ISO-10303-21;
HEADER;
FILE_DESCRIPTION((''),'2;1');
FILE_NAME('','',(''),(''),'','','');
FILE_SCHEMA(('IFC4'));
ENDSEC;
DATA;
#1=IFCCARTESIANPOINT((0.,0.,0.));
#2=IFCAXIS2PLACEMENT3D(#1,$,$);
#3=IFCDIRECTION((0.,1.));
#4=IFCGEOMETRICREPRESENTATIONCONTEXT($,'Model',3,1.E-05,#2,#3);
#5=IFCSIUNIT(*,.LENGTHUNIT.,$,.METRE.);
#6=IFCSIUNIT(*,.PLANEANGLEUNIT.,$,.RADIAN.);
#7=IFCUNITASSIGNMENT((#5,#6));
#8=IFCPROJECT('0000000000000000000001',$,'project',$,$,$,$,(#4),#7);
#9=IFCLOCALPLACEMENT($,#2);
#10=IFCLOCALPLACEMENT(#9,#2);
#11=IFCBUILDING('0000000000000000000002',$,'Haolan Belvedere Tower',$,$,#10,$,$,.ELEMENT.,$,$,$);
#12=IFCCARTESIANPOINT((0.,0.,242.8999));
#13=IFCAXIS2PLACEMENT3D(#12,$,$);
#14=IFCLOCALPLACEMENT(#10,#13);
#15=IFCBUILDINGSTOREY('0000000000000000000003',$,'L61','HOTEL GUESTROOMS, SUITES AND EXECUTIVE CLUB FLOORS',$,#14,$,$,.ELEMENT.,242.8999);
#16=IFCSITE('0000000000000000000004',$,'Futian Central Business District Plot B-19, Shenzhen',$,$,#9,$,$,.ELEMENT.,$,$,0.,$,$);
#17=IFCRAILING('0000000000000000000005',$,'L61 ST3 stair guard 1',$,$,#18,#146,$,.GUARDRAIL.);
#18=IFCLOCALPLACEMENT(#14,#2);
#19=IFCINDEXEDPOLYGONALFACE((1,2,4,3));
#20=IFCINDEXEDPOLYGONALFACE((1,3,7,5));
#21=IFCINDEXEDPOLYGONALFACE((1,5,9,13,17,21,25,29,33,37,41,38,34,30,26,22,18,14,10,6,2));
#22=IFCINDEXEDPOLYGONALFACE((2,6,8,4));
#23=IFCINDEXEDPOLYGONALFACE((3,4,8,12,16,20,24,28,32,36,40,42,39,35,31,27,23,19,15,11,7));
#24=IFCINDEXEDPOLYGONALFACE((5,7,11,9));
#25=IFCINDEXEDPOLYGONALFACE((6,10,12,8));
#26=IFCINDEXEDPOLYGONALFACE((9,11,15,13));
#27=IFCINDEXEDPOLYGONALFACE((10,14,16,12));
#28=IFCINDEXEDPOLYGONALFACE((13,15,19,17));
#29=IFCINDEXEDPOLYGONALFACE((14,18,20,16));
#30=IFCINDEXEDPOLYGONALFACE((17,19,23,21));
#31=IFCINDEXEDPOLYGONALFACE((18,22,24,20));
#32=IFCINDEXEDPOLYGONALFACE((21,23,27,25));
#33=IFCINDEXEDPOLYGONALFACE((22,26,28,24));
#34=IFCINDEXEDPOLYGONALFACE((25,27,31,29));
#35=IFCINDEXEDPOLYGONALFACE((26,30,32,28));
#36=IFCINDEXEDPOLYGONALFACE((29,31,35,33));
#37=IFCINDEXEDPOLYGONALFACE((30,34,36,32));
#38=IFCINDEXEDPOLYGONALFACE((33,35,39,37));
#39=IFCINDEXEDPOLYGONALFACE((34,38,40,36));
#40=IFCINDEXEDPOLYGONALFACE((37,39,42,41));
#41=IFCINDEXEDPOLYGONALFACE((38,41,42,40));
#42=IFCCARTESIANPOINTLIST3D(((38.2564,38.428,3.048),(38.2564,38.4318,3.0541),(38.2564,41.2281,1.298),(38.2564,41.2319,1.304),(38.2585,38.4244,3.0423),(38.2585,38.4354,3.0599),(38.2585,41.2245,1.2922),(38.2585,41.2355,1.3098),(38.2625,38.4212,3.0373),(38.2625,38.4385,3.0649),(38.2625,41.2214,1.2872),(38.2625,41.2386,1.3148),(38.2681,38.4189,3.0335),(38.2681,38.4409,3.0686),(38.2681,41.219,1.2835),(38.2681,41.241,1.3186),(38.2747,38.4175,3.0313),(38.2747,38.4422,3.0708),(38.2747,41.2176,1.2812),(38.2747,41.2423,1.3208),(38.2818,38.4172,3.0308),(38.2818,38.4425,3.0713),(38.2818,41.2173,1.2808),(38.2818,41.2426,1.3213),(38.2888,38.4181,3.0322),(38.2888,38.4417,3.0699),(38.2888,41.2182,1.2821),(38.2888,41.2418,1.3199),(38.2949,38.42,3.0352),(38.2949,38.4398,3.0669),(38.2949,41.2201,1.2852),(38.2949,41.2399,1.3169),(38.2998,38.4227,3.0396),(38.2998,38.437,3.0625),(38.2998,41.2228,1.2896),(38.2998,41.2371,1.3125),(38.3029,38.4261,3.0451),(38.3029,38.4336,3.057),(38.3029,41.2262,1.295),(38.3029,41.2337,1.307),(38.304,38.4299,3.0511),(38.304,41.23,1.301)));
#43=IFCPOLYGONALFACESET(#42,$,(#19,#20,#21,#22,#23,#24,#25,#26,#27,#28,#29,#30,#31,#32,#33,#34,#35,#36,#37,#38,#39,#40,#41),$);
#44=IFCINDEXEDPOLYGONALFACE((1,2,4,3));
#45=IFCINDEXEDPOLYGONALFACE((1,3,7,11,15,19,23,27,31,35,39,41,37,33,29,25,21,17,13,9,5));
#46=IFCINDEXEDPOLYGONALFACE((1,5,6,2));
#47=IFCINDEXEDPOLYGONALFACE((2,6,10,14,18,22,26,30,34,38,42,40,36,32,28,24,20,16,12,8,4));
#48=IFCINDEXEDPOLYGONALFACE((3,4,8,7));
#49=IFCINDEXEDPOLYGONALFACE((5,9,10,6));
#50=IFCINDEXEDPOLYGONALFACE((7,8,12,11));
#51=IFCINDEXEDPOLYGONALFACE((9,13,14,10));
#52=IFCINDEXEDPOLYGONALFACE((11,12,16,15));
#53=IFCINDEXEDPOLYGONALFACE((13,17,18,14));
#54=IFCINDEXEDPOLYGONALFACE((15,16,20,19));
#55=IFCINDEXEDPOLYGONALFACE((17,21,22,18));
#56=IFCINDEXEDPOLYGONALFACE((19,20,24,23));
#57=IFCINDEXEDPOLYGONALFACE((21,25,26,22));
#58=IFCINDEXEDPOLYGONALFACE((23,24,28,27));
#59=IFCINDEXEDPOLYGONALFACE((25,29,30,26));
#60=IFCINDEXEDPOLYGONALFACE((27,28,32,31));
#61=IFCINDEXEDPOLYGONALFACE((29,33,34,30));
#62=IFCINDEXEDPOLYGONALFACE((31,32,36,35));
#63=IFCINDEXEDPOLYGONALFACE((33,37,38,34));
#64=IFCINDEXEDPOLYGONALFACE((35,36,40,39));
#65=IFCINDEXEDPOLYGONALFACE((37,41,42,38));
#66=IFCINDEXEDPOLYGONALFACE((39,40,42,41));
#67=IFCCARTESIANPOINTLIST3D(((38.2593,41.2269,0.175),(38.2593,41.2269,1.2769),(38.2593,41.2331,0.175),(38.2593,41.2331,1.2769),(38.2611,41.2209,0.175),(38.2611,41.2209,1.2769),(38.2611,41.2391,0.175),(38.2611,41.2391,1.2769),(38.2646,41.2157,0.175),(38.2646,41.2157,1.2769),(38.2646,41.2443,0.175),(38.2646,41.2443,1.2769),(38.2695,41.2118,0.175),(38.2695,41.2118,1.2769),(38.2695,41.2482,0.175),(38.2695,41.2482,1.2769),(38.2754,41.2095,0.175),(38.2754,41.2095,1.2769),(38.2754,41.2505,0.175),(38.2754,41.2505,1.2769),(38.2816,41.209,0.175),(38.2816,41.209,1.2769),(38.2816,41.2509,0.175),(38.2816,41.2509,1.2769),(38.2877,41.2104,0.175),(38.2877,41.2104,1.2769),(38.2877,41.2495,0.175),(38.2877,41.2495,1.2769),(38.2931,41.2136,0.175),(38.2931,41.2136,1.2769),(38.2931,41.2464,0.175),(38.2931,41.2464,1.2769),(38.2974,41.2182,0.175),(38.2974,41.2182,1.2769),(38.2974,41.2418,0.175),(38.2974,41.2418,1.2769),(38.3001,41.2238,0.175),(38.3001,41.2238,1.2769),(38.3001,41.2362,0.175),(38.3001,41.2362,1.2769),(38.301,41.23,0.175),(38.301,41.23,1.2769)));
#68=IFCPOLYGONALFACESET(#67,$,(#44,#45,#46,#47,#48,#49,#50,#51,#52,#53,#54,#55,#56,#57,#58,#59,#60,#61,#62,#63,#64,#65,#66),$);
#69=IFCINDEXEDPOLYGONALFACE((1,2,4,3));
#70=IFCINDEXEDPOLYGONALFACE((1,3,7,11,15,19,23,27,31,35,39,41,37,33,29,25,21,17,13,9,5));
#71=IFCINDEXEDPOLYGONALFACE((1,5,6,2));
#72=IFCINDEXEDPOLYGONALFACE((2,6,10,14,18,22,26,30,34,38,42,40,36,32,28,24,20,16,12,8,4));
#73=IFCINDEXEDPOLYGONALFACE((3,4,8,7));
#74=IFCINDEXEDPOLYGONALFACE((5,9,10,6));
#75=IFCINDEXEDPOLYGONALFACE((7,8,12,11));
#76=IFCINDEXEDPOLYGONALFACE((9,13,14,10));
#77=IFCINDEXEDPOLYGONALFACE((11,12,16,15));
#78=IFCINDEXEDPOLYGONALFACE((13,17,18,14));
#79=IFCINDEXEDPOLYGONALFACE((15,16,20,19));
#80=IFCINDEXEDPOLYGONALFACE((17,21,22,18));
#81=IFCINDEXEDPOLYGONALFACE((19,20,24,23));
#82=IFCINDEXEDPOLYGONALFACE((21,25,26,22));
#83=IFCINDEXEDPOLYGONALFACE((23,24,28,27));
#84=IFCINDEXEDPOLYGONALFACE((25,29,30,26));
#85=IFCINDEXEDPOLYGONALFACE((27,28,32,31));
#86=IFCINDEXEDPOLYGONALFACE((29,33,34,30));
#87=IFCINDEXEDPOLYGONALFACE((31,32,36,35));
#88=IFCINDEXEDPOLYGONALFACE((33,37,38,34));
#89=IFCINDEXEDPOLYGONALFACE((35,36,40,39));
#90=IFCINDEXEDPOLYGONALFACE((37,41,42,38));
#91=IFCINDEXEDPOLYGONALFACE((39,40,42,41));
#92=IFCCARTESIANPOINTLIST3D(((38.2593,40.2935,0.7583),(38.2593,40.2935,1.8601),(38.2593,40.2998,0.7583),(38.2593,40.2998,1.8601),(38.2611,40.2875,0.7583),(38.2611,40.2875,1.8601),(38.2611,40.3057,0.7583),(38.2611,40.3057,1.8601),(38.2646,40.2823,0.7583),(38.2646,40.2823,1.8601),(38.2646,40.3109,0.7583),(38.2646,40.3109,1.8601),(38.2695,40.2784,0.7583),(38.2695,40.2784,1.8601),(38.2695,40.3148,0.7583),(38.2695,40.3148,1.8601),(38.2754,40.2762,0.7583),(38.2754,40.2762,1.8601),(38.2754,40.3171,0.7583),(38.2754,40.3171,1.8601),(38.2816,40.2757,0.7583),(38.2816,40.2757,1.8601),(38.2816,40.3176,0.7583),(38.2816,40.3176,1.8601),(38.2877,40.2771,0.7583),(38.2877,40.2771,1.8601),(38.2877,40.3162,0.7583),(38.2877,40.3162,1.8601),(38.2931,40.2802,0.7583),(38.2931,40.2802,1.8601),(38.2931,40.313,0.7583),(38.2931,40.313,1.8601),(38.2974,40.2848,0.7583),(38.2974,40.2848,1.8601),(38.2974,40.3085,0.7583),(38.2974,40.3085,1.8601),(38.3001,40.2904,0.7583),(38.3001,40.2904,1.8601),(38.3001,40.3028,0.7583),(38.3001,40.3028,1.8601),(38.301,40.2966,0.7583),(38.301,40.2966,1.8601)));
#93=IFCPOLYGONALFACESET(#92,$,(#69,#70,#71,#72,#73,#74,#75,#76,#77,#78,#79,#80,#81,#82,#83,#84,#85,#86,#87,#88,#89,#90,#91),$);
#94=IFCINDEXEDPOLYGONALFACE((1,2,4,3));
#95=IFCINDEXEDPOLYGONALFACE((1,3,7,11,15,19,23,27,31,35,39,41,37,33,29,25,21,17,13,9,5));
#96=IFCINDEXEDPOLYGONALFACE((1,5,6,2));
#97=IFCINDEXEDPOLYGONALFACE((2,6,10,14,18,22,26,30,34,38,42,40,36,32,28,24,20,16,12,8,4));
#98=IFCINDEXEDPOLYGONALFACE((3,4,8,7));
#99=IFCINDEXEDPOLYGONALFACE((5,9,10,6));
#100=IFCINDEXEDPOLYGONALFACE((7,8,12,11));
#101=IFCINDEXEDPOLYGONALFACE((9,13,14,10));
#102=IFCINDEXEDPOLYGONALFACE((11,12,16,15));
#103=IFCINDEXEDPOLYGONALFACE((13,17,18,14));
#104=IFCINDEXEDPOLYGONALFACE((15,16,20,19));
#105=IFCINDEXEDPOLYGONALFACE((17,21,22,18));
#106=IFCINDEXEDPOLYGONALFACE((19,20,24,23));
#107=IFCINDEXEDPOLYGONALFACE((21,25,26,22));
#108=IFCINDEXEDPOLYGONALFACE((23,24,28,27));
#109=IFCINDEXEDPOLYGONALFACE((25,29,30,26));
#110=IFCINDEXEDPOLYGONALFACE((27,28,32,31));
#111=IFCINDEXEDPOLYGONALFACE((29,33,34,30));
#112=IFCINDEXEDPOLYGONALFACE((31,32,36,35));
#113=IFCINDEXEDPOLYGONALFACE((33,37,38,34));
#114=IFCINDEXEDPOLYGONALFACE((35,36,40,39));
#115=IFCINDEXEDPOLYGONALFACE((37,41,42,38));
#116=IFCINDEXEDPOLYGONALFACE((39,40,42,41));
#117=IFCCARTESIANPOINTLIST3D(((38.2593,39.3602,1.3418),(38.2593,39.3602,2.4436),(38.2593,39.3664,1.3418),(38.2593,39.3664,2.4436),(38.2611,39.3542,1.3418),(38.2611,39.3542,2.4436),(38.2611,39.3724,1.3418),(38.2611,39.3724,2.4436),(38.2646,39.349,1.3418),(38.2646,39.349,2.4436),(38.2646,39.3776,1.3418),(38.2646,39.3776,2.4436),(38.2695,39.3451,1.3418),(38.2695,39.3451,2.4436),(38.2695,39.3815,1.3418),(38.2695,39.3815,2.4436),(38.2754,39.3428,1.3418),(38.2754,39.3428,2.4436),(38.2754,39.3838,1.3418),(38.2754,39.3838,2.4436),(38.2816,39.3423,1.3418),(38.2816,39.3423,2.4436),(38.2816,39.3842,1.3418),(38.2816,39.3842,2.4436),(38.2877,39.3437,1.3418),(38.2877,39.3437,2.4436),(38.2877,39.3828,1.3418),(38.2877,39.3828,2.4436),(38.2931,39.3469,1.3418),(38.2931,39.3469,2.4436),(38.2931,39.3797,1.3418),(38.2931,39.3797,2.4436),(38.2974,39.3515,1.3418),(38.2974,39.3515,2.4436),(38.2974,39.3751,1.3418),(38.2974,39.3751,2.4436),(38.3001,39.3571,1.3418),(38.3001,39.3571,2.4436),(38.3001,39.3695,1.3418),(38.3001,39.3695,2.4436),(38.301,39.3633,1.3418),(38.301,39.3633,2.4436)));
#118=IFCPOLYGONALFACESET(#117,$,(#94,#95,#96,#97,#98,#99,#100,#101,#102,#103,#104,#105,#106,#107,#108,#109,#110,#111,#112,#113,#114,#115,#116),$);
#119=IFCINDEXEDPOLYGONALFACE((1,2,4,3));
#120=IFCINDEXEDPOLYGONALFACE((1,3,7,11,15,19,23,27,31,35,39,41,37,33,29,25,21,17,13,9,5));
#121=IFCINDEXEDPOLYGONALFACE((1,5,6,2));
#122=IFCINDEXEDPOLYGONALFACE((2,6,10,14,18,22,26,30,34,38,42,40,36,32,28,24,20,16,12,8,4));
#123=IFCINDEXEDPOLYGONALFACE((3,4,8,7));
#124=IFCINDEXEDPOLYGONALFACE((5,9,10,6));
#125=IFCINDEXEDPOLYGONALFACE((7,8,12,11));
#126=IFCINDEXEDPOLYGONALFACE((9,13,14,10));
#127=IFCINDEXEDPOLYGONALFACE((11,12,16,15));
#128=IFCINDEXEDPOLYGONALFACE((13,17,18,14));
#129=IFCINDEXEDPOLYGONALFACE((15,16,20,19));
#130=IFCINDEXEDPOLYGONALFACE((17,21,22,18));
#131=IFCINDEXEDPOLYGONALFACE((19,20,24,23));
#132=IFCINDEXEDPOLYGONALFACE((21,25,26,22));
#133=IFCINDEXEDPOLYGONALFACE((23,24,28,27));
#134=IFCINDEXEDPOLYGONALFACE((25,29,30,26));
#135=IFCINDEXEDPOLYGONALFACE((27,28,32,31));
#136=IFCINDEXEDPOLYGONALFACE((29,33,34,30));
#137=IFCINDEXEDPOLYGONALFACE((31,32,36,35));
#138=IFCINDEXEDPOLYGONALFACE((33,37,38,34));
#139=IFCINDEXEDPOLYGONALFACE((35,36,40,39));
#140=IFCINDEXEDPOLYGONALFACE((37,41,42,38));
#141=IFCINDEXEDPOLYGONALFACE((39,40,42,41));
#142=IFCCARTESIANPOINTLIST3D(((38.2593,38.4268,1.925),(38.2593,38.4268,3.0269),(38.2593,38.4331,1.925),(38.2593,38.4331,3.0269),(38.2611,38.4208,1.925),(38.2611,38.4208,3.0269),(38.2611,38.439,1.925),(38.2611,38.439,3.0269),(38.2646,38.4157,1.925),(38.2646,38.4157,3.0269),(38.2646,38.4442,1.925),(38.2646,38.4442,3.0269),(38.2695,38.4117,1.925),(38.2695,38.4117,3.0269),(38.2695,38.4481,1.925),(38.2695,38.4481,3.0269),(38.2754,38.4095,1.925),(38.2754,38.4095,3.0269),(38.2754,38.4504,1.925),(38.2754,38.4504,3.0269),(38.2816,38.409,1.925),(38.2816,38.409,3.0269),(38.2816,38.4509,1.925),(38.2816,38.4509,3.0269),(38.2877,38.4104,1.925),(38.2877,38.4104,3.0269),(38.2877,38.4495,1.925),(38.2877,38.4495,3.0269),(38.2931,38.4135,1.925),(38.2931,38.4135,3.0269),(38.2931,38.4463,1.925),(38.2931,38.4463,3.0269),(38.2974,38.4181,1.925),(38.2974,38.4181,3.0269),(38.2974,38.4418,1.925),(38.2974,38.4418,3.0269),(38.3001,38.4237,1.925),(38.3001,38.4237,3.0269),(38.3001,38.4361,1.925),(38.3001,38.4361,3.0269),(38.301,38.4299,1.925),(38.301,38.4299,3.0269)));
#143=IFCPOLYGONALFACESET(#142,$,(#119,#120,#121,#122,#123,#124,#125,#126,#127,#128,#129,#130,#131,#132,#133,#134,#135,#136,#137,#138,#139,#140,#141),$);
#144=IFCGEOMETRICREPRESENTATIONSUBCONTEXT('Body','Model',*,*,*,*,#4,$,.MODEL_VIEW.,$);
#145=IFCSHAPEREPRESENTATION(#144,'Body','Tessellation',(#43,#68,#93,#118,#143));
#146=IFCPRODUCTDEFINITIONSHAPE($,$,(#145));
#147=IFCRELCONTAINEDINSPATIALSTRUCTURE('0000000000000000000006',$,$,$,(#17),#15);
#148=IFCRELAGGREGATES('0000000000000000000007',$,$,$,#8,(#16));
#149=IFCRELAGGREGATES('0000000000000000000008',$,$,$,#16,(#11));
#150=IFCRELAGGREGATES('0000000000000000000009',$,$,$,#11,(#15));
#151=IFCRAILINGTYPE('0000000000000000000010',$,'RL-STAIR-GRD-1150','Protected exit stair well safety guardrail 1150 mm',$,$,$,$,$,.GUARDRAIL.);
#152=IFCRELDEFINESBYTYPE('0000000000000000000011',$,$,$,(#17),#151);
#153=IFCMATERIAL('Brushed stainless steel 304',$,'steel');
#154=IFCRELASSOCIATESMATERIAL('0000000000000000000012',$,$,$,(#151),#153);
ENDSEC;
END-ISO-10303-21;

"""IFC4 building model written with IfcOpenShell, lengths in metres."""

from ifc_helpers import new_model, si_unit, direction, frame, origin, origin_2d, place, context, subcontext, project, spatial, circle, extrude, material, type_object, element, save


model = new_model("IFC4")

# Units and contexts
model_context = context("Model", 3, precision=1e-05, world=origin(), true_north=direction((0.0, 1.0)))
body_context = subcontext(model_context, "Body", "Model", "MODEL_VIEW")
ifc_project = project(units=[si_unit("LENGTHUNIT", "METRE"), si_unit("PLANEANGLEUNIT", "RADIAN")], contexts=[model_context])

# Site, building, storey
site_placement = place(None, origin())
site = spatial("IfcSite", under=ifc_project, at=site_placement, Name="Futian Central Business District Plot B-19, Shenzhen", CompositionType="ELEMENT", RefElevation=0.0)
building_placement = place(site_placement, origin())
building = spatial("IfcBuilding", under=site, at=building_placement, Name="Haolan Belvedere Tower", CompositionType="ELEMENT")
storey_placement = place(building_placement, frame((0.0, 0.0, 242.8999)))
storey = spatial("IfcBuildingStorey", under=building, at=storey_placement, Name="L61", Description="HOTEL GUESTROOMS, SUITES AND EXECUTIVE CLUB FLOORS", CompositionType="ELEMENT", Elevation=242.8999)

# Railing
ifc_material_1 = material(Name="Brushed stainless steel 304", Category="steel")
railing_type_1 = type_object("IfcRailingType", Name="RL-STAIR-GRD-1150", Description="Protected exit stair well safety guardrail 1150 mm", PredefinedType="GUARDRAIL", material=ifc_material_1)
railing_1_placement = place(storey_placement, frame((38.28, 41.23, 0.175)))
element("IfcRailing", 1, at=railing_1_placement, inside=storey, type_object=railing_type_1, Name="L61 ST3 stair guard 1", PredefinedType="GUARDRAIL", context=body_context, shape_type="SweptSolid", body=[
    extrude(circle(Radius=0.0239, at=origin_2d()), frame((0.0, 0.0, 1.126), z_axis=(0.0, -0.848002, 0.529992), x_axis=(1.0, 0.0, 0.0)), (0.0, 0.0, 1.0), 3.302),
    extrude(circle(Radius=0.021, at=origin_2d()), origin(), (0.0, 0.0, 1.0), 1.1018),
    extrude(circle(Radius=0.021, at=origin_2d()), frame((0.0, -0.9333, 0.5833)), (0.0, 0.0, 1.0), 1.1018),
    extrude(circle(Radius=0.021, at=origin_2d()), frame((0.0, -1.8667, 1.1667)), (0.0, 0.0, 1.0), 1.1018),
    extrude(circle(Radius=0.021, at=origin_2d()), frame((0.0, -2.8, 1.75)), (0.0, 0.0, 1.0), 1.1018),
])

save(model, "model.ifc")
